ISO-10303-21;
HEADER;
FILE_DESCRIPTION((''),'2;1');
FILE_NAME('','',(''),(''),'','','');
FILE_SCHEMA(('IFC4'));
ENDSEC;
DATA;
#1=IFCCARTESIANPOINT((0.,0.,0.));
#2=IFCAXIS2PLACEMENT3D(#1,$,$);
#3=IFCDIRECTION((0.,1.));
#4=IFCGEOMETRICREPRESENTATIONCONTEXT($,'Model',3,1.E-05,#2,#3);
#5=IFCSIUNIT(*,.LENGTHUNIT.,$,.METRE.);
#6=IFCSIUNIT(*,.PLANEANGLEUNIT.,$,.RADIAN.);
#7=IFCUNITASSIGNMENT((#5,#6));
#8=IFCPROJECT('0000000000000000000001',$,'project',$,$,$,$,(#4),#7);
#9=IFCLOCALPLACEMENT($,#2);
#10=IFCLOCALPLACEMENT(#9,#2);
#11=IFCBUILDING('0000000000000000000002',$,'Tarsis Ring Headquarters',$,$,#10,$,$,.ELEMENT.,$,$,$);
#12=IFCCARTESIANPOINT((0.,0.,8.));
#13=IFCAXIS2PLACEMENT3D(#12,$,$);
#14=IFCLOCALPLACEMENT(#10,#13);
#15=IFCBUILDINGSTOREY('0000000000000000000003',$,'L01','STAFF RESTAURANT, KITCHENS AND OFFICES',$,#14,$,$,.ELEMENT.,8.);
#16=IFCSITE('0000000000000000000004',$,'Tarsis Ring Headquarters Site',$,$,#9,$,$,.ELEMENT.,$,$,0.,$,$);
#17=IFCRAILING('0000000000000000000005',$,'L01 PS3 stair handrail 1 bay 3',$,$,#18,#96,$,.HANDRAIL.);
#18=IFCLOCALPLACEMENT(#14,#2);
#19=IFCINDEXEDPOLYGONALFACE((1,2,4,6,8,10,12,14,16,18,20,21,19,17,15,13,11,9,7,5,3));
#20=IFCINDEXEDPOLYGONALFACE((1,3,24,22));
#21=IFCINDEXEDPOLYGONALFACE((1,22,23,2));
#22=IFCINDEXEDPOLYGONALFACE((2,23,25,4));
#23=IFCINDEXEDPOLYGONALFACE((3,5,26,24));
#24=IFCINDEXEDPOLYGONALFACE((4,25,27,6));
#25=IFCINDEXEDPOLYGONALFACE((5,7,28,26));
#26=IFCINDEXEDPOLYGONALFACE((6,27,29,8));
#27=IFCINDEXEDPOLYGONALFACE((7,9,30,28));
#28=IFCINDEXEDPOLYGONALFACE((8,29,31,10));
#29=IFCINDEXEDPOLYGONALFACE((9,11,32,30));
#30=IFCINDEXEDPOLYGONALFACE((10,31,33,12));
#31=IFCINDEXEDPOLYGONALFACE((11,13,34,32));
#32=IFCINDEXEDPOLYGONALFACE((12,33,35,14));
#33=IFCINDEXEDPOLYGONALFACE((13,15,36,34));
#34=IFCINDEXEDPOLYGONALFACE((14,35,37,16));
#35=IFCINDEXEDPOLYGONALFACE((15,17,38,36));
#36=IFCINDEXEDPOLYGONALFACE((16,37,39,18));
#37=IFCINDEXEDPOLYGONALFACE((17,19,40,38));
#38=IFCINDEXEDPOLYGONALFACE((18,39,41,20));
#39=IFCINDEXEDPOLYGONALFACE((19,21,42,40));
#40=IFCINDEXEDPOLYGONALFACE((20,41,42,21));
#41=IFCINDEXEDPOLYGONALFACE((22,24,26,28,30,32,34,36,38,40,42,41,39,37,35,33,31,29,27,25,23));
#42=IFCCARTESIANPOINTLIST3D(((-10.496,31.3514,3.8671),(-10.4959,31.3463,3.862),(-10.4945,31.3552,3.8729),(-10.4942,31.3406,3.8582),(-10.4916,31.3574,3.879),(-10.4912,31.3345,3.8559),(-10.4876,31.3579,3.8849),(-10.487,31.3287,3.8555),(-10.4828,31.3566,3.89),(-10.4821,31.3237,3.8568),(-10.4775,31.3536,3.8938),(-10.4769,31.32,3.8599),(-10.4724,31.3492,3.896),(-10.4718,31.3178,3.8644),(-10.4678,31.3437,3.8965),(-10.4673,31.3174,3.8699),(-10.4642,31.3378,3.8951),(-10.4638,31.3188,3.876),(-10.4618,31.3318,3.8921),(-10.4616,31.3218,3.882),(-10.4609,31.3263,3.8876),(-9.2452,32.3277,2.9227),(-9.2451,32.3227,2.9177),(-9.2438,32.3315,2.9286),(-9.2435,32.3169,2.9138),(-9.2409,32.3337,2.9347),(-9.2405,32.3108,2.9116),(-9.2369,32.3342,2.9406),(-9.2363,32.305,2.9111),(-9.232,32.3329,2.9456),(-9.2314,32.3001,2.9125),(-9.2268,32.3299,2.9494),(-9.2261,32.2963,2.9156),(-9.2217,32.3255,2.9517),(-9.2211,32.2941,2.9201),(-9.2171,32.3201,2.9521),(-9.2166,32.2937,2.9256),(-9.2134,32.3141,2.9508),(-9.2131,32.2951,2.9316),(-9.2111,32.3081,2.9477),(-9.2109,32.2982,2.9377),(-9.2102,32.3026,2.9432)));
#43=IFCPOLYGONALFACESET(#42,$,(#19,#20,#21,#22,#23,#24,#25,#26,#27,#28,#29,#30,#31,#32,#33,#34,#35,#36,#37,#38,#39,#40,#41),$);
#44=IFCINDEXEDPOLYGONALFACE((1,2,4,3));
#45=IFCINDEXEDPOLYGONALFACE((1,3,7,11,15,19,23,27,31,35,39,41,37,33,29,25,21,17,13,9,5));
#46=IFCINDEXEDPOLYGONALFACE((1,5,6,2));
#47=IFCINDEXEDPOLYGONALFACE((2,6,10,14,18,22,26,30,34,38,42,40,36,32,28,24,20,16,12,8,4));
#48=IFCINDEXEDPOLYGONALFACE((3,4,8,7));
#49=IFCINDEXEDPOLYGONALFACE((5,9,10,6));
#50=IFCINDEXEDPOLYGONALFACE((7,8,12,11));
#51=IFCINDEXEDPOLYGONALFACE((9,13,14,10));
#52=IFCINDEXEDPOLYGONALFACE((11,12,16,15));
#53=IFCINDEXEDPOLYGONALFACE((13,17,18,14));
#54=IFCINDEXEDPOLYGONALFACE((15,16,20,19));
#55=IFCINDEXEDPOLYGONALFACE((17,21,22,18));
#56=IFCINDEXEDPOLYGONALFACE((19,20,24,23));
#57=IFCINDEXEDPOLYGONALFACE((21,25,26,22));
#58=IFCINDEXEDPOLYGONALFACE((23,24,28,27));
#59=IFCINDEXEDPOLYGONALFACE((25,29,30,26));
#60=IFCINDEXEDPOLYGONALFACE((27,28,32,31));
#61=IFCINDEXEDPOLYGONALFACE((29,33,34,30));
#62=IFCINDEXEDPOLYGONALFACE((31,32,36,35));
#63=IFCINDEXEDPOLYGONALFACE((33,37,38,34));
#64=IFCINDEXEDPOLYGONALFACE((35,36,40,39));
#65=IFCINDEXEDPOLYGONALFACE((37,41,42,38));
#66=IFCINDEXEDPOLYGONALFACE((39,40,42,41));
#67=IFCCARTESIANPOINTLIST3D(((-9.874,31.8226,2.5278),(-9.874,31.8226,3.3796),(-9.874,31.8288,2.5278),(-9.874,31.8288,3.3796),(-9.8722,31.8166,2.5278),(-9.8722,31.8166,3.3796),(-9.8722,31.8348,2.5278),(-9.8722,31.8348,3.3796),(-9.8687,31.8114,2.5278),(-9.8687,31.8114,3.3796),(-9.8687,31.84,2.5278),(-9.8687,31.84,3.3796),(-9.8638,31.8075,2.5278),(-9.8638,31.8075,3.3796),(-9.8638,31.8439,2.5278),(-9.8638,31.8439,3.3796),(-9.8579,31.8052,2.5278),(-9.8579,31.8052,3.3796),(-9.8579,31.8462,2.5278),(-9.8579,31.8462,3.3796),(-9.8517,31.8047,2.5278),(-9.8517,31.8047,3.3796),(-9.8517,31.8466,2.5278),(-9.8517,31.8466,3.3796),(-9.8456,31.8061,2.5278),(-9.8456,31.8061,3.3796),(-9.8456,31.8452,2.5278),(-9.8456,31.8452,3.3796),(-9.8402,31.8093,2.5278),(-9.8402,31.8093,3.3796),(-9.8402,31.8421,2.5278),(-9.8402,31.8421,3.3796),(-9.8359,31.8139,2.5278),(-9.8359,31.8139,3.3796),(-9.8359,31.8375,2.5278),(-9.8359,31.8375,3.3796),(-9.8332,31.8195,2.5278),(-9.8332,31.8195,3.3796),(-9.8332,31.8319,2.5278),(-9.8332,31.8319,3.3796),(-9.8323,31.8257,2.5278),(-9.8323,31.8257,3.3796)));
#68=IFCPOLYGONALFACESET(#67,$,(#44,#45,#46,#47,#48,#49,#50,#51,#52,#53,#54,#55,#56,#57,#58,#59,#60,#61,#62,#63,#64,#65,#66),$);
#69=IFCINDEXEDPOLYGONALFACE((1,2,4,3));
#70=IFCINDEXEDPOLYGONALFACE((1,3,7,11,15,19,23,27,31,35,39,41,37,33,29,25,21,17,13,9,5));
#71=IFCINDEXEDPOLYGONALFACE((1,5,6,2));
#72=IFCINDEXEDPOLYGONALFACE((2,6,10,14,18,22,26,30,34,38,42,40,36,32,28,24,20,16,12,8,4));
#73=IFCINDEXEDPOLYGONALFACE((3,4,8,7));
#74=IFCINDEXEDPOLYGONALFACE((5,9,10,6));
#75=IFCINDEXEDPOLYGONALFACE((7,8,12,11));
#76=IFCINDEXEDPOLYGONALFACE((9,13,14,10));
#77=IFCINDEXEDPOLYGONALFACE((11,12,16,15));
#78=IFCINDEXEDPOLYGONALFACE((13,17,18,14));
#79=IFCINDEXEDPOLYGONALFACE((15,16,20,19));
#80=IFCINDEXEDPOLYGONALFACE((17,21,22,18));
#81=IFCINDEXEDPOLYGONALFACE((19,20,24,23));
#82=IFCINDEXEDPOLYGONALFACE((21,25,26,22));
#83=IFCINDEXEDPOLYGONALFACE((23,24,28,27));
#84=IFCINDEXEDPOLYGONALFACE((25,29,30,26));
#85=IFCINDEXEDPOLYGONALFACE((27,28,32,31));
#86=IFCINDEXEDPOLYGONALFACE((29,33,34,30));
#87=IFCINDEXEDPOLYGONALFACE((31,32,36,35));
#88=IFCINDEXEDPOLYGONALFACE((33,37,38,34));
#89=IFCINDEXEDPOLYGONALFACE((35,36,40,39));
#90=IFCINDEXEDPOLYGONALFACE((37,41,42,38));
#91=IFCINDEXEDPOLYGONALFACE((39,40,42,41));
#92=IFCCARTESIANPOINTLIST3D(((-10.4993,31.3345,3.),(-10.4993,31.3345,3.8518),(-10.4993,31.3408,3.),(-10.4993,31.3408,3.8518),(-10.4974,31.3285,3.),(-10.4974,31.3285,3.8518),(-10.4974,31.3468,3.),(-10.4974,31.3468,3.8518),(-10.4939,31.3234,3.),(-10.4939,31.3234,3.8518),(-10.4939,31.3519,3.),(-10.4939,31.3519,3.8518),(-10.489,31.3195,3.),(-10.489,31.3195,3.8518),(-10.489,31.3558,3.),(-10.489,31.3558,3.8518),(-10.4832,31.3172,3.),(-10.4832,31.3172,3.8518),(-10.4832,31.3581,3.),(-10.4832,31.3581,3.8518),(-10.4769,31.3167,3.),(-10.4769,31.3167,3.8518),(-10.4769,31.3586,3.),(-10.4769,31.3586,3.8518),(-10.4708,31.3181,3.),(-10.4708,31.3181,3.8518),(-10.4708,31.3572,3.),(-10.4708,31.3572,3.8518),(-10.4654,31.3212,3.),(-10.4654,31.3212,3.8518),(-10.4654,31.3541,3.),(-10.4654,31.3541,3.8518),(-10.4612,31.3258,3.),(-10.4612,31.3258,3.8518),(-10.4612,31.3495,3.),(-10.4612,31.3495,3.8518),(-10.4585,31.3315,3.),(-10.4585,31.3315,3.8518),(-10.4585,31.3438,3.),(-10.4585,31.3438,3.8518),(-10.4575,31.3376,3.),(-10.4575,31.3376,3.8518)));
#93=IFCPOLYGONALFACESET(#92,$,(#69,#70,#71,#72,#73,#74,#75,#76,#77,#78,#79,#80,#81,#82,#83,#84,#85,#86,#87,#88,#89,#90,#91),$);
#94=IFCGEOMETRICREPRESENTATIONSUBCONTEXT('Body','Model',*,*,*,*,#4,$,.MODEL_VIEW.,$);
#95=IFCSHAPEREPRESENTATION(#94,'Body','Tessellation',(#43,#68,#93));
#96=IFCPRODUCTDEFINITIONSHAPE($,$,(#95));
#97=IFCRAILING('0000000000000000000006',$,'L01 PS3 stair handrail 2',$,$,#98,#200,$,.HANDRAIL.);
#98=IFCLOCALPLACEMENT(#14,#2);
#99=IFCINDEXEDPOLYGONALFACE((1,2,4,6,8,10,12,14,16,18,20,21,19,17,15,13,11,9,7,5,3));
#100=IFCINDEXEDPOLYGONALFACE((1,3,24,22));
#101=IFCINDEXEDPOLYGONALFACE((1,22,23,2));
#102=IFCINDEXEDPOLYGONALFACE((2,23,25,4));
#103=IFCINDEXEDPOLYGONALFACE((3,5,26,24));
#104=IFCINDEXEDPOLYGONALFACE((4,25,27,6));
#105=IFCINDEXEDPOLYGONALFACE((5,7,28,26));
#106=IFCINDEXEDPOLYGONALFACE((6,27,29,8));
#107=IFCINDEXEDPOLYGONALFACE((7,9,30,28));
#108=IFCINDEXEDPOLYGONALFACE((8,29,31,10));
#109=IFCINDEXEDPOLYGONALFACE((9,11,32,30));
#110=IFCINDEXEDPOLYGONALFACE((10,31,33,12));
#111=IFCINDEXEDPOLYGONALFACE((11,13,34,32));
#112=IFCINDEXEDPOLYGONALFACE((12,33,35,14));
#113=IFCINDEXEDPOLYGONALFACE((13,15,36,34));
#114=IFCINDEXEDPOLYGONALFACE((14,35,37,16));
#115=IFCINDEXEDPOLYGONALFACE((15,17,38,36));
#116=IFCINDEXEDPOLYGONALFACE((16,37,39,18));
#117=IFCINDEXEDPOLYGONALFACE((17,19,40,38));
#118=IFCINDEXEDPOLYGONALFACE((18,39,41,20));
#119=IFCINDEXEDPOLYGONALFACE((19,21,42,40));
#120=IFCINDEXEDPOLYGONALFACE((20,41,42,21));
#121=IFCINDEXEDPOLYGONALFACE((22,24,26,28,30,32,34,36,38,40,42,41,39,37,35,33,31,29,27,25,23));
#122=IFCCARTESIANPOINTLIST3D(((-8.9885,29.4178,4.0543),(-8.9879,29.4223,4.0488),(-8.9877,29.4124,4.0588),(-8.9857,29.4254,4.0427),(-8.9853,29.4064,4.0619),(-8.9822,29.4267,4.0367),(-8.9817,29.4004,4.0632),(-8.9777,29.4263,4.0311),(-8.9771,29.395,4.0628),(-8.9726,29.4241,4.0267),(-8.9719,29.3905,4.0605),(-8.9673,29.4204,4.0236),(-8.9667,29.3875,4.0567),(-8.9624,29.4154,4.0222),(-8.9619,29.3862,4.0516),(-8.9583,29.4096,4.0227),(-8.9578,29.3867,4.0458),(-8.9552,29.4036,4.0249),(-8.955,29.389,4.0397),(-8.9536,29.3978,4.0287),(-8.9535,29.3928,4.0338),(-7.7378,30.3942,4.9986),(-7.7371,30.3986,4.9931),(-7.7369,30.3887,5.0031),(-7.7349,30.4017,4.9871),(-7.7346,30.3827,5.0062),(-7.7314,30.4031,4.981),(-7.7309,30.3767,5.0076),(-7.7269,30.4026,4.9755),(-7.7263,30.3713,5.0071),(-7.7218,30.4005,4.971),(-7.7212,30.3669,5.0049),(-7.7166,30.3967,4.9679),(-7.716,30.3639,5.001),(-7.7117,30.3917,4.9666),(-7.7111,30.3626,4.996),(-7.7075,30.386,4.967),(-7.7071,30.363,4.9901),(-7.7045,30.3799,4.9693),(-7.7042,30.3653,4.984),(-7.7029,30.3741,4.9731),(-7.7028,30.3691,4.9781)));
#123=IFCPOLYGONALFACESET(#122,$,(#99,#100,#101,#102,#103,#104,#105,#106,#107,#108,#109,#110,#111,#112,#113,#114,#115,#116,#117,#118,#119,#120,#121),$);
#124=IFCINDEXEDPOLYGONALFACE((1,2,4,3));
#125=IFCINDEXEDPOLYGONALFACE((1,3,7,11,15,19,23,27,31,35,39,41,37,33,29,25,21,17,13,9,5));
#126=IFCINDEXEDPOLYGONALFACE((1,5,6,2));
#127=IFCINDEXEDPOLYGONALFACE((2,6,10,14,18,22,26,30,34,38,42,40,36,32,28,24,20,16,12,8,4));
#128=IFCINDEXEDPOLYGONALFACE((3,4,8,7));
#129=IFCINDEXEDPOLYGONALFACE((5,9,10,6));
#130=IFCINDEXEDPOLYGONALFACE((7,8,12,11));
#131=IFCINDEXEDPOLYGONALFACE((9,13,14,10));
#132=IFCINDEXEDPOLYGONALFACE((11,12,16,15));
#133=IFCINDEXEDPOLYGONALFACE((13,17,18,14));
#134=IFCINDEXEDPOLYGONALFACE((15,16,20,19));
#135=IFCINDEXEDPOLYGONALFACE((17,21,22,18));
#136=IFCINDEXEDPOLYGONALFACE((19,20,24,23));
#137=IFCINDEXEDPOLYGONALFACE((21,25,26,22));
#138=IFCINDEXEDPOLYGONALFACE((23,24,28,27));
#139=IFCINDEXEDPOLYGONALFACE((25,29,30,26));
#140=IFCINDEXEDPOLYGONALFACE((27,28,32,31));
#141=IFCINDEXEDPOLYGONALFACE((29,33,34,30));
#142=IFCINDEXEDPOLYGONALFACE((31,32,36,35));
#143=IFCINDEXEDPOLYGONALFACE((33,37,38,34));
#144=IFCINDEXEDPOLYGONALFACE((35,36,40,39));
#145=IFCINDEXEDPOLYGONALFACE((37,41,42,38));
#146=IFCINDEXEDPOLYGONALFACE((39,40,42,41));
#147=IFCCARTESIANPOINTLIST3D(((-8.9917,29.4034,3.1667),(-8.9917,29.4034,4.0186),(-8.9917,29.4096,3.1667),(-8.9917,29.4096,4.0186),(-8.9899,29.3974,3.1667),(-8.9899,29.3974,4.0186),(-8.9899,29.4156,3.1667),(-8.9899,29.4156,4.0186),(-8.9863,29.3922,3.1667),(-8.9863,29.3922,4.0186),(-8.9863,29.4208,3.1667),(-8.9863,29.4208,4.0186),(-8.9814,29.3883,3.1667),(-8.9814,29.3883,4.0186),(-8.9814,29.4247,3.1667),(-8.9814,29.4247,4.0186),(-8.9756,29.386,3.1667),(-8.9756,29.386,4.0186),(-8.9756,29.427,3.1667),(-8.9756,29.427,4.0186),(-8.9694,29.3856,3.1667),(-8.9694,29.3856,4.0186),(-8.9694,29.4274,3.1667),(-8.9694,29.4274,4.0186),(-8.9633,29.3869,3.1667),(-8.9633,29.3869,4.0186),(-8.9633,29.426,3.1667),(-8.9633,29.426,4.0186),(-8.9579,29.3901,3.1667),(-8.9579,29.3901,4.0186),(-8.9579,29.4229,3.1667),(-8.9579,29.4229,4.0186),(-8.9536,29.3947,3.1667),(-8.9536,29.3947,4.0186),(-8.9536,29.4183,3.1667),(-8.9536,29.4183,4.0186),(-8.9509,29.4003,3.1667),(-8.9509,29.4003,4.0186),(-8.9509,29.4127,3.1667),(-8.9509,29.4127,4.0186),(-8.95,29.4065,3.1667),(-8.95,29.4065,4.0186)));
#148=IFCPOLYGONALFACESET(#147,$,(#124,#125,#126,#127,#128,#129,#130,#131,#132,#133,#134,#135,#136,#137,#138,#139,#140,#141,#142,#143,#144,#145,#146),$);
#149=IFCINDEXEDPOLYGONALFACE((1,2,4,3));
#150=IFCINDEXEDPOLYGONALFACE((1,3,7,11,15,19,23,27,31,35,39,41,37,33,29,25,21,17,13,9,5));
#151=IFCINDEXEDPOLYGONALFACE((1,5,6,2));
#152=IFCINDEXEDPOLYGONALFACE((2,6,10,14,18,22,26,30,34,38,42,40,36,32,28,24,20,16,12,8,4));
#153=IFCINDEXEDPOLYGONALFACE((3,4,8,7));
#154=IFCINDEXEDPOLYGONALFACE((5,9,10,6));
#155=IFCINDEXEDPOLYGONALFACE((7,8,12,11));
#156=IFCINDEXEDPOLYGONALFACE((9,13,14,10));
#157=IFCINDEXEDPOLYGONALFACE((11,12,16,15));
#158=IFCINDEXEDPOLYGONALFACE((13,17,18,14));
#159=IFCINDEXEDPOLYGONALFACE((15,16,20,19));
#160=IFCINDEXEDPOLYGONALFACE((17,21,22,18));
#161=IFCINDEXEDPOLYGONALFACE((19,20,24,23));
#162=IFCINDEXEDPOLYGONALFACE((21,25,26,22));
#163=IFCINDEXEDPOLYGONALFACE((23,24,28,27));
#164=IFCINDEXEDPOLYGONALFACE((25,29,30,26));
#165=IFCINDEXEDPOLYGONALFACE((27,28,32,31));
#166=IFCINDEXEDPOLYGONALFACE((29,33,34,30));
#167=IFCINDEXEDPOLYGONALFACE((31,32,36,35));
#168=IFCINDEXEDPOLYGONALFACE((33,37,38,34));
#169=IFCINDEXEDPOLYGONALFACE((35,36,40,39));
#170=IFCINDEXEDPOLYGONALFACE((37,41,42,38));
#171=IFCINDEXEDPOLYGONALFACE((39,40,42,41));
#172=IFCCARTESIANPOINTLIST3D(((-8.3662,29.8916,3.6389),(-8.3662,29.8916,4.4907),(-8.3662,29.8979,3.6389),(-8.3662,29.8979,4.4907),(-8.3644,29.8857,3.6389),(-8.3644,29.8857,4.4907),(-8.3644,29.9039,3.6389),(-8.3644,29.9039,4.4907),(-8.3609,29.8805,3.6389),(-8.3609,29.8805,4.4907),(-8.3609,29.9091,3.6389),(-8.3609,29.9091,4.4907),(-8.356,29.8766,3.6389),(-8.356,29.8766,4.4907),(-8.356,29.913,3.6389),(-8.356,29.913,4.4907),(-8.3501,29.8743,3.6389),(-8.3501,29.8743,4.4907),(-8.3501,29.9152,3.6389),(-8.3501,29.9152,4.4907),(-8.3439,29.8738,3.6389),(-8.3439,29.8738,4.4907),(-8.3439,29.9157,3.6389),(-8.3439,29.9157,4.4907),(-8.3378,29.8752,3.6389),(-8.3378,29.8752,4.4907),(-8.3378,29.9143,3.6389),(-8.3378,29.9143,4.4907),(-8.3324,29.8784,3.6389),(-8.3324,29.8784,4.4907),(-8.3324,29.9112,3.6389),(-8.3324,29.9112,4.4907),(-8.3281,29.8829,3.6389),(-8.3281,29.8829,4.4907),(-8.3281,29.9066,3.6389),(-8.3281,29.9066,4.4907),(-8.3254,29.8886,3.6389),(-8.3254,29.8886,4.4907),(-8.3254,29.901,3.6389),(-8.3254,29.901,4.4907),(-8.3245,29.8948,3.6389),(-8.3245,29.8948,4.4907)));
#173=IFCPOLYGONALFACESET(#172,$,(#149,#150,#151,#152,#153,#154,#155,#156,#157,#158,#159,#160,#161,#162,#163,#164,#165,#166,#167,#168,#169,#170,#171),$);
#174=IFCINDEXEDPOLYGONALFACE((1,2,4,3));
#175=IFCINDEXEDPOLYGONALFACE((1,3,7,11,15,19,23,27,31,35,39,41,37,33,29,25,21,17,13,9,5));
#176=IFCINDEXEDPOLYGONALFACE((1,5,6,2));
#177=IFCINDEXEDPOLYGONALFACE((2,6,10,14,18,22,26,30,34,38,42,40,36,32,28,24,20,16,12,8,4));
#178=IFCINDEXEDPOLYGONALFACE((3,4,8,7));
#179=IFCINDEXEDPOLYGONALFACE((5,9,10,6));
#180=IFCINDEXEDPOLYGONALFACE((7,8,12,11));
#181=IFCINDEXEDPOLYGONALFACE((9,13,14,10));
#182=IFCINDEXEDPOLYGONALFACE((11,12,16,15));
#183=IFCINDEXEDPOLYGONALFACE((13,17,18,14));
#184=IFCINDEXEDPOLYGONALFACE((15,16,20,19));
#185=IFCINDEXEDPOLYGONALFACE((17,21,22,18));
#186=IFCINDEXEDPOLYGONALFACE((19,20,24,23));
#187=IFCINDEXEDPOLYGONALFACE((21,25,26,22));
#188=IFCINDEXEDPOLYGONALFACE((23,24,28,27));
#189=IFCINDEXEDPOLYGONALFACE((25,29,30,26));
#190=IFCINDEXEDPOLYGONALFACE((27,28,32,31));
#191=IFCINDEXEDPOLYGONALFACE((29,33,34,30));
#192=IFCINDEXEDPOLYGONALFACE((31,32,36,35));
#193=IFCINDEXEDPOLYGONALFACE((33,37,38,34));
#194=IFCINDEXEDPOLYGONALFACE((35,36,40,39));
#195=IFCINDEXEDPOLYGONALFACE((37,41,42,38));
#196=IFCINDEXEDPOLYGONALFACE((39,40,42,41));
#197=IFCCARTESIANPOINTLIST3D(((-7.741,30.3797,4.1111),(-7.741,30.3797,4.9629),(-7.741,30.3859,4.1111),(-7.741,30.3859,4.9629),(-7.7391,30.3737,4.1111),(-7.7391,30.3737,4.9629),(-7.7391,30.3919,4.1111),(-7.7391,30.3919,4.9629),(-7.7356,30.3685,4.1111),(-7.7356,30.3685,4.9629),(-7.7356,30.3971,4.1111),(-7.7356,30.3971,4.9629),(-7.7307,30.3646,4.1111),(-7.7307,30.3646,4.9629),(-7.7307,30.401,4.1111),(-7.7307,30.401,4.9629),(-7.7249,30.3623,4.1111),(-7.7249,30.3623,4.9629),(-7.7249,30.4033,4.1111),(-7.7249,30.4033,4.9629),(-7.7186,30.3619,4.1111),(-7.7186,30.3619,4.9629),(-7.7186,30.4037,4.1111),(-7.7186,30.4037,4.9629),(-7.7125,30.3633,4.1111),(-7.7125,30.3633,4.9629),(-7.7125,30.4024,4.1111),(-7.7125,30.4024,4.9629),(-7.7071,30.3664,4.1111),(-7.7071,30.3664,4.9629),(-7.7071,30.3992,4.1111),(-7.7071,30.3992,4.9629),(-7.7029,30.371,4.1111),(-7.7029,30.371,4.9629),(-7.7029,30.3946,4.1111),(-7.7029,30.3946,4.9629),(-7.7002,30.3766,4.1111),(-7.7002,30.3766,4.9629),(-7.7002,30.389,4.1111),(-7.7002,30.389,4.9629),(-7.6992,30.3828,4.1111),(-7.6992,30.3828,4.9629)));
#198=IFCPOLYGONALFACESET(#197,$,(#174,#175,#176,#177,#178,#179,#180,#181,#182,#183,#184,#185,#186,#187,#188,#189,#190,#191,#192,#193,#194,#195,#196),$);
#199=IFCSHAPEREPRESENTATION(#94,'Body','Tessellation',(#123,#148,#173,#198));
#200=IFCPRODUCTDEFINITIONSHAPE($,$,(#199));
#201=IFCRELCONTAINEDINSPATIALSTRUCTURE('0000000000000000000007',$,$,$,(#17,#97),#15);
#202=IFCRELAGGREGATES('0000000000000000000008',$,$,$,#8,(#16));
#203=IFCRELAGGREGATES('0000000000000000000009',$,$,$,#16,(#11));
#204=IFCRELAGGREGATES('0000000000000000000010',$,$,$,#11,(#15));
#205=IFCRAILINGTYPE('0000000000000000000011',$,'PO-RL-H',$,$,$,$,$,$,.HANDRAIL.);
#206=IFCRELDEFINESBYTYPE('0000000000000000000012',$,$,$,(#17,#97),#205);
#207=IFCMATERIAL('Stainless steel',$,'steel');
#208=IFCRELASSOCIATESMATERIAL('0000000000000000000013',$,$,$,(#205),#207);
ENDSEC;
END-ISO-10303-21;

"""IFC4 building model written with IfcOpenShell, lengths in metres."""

from ifc_helpers import new_model, si_unit, direction, frame, origin, origin_2d, place, context, subcontext, project, spatial, circle, extrude, material, type_object, element, save


model = new_model("IFC4")

# Units and contexts
model_context = context("Model", 3, precision=1e-05, world=origin(), true_north=direction((0.0, 1.0)))
body_context = subcontext(model_context, "Body", "Model", "MODEL_VIEW")
ifc_project = project(units=[si_unit("LENGTHUNIT", "METRE"), si_unit("PLANEANGLEUNIT", "RADIAN")], contexts=[model_context])

# Site, building, storey
site_placement = place(None, origin())
site = spatial("IfcSite", under=ifc_project, at=site_placement, Name="Tarsis Ring Headquarters Site", CompositionType="ELEMENT", RefElevation=0.0)
building_placement = place(site_placement, origin())
building = spatial("IfcBuilding", under=site, at=building_placement, Name="Tarsis Ring Headquarters", CompositionType="ELEMENT")
storey_placement = place(building_placement, frame((0.0, 0.0, 8.0)))
storey = spatial("IfcBuildingStorey", under=building, at=storey_placement, Name="L01", Description="STAFF RESTAURANT, KITCHENS AND OFFICES", CompositionType="ELEMENT", Elevation=8.0)

# Railings
ifc_material_1 = material(Name="Stainless steel", Category="steel")
railing_type_1 = type_object("IfcRailingType", Name="PO-RL-H", PredefinedType="HANDRAIL", material=ifc_material_1)
railing_1_placement = place(storey_placement, frame((-9.2278, 32.314, 2.0557)))
element("IfcRailing", 1, at=railing_1_placement, inside=storey, type_object=railing_type_1, Name="L01 PS3 stair handrail 1 bay 3", PredefinedType="HANDRAIL", context=body_context, shape_type="SweptSolid", body=[
    extrude(circle(Radius=0.0239, at=origin_2d()), frame((0.0, 0.0, 0.876), z_axis=(-0.677379, -0.52876, 0.511439), x_axis=(0.615324, -0.788274, 0.0)), (0.0, 0.0, 1.0), 1.8464),
    extrude(circle(Radius=0.021, at=origin_2d()), frame((-0.6255, -0.4883, 0.4722)), (0.0, 0.0, 1.0), 0.8518),
    extrude(circle(Radius=0.021, at=origin_2d()), frame((-1.2507, -0.9763, 0.9443)), (0.0, 0.0, 1.0), 0.8518),
])
railing_2_placement = place(storey_placement, frame((-8.9709, 29.4065, 3.1667)))
element("IfcRailing", 2, at=railing_2_placement, inside=storey, type_object=railing_type_1, Name="L01 PS3 stair handrail 2", PredefinedType="HANDRAIL", context=body_context, shape_type="SweptSolid", body=[
    extrude(circle(Radius=0.0239, at=origin_2d()), frame((0.0, 0.0, 0.876), z_axis=(0.677379, 0.52876, 0.511439), x_axis=(-0.615324, 0.788274, 0.0)), (0.0, 0.0, 1.0), 1.8464),
    extrude(circle(Radius=0.021, at=origin_2d()), origin(), (0.0, 0.0, 1.0), 0.8518),
    extrude(circle(Radius=0.021, at=origin_2d()), frame((0.6255, 0.4883, 0.4722)), (0.0, 0.0, 1.0), 0.8518),
    extrude(circle(Radius=0.021, at=origin_2d()), frame((1.2507, 0.9763, 0.9443)), (0.0, 0.0, 1.0), 0.8518),
])

save(model, "model.ifc")
